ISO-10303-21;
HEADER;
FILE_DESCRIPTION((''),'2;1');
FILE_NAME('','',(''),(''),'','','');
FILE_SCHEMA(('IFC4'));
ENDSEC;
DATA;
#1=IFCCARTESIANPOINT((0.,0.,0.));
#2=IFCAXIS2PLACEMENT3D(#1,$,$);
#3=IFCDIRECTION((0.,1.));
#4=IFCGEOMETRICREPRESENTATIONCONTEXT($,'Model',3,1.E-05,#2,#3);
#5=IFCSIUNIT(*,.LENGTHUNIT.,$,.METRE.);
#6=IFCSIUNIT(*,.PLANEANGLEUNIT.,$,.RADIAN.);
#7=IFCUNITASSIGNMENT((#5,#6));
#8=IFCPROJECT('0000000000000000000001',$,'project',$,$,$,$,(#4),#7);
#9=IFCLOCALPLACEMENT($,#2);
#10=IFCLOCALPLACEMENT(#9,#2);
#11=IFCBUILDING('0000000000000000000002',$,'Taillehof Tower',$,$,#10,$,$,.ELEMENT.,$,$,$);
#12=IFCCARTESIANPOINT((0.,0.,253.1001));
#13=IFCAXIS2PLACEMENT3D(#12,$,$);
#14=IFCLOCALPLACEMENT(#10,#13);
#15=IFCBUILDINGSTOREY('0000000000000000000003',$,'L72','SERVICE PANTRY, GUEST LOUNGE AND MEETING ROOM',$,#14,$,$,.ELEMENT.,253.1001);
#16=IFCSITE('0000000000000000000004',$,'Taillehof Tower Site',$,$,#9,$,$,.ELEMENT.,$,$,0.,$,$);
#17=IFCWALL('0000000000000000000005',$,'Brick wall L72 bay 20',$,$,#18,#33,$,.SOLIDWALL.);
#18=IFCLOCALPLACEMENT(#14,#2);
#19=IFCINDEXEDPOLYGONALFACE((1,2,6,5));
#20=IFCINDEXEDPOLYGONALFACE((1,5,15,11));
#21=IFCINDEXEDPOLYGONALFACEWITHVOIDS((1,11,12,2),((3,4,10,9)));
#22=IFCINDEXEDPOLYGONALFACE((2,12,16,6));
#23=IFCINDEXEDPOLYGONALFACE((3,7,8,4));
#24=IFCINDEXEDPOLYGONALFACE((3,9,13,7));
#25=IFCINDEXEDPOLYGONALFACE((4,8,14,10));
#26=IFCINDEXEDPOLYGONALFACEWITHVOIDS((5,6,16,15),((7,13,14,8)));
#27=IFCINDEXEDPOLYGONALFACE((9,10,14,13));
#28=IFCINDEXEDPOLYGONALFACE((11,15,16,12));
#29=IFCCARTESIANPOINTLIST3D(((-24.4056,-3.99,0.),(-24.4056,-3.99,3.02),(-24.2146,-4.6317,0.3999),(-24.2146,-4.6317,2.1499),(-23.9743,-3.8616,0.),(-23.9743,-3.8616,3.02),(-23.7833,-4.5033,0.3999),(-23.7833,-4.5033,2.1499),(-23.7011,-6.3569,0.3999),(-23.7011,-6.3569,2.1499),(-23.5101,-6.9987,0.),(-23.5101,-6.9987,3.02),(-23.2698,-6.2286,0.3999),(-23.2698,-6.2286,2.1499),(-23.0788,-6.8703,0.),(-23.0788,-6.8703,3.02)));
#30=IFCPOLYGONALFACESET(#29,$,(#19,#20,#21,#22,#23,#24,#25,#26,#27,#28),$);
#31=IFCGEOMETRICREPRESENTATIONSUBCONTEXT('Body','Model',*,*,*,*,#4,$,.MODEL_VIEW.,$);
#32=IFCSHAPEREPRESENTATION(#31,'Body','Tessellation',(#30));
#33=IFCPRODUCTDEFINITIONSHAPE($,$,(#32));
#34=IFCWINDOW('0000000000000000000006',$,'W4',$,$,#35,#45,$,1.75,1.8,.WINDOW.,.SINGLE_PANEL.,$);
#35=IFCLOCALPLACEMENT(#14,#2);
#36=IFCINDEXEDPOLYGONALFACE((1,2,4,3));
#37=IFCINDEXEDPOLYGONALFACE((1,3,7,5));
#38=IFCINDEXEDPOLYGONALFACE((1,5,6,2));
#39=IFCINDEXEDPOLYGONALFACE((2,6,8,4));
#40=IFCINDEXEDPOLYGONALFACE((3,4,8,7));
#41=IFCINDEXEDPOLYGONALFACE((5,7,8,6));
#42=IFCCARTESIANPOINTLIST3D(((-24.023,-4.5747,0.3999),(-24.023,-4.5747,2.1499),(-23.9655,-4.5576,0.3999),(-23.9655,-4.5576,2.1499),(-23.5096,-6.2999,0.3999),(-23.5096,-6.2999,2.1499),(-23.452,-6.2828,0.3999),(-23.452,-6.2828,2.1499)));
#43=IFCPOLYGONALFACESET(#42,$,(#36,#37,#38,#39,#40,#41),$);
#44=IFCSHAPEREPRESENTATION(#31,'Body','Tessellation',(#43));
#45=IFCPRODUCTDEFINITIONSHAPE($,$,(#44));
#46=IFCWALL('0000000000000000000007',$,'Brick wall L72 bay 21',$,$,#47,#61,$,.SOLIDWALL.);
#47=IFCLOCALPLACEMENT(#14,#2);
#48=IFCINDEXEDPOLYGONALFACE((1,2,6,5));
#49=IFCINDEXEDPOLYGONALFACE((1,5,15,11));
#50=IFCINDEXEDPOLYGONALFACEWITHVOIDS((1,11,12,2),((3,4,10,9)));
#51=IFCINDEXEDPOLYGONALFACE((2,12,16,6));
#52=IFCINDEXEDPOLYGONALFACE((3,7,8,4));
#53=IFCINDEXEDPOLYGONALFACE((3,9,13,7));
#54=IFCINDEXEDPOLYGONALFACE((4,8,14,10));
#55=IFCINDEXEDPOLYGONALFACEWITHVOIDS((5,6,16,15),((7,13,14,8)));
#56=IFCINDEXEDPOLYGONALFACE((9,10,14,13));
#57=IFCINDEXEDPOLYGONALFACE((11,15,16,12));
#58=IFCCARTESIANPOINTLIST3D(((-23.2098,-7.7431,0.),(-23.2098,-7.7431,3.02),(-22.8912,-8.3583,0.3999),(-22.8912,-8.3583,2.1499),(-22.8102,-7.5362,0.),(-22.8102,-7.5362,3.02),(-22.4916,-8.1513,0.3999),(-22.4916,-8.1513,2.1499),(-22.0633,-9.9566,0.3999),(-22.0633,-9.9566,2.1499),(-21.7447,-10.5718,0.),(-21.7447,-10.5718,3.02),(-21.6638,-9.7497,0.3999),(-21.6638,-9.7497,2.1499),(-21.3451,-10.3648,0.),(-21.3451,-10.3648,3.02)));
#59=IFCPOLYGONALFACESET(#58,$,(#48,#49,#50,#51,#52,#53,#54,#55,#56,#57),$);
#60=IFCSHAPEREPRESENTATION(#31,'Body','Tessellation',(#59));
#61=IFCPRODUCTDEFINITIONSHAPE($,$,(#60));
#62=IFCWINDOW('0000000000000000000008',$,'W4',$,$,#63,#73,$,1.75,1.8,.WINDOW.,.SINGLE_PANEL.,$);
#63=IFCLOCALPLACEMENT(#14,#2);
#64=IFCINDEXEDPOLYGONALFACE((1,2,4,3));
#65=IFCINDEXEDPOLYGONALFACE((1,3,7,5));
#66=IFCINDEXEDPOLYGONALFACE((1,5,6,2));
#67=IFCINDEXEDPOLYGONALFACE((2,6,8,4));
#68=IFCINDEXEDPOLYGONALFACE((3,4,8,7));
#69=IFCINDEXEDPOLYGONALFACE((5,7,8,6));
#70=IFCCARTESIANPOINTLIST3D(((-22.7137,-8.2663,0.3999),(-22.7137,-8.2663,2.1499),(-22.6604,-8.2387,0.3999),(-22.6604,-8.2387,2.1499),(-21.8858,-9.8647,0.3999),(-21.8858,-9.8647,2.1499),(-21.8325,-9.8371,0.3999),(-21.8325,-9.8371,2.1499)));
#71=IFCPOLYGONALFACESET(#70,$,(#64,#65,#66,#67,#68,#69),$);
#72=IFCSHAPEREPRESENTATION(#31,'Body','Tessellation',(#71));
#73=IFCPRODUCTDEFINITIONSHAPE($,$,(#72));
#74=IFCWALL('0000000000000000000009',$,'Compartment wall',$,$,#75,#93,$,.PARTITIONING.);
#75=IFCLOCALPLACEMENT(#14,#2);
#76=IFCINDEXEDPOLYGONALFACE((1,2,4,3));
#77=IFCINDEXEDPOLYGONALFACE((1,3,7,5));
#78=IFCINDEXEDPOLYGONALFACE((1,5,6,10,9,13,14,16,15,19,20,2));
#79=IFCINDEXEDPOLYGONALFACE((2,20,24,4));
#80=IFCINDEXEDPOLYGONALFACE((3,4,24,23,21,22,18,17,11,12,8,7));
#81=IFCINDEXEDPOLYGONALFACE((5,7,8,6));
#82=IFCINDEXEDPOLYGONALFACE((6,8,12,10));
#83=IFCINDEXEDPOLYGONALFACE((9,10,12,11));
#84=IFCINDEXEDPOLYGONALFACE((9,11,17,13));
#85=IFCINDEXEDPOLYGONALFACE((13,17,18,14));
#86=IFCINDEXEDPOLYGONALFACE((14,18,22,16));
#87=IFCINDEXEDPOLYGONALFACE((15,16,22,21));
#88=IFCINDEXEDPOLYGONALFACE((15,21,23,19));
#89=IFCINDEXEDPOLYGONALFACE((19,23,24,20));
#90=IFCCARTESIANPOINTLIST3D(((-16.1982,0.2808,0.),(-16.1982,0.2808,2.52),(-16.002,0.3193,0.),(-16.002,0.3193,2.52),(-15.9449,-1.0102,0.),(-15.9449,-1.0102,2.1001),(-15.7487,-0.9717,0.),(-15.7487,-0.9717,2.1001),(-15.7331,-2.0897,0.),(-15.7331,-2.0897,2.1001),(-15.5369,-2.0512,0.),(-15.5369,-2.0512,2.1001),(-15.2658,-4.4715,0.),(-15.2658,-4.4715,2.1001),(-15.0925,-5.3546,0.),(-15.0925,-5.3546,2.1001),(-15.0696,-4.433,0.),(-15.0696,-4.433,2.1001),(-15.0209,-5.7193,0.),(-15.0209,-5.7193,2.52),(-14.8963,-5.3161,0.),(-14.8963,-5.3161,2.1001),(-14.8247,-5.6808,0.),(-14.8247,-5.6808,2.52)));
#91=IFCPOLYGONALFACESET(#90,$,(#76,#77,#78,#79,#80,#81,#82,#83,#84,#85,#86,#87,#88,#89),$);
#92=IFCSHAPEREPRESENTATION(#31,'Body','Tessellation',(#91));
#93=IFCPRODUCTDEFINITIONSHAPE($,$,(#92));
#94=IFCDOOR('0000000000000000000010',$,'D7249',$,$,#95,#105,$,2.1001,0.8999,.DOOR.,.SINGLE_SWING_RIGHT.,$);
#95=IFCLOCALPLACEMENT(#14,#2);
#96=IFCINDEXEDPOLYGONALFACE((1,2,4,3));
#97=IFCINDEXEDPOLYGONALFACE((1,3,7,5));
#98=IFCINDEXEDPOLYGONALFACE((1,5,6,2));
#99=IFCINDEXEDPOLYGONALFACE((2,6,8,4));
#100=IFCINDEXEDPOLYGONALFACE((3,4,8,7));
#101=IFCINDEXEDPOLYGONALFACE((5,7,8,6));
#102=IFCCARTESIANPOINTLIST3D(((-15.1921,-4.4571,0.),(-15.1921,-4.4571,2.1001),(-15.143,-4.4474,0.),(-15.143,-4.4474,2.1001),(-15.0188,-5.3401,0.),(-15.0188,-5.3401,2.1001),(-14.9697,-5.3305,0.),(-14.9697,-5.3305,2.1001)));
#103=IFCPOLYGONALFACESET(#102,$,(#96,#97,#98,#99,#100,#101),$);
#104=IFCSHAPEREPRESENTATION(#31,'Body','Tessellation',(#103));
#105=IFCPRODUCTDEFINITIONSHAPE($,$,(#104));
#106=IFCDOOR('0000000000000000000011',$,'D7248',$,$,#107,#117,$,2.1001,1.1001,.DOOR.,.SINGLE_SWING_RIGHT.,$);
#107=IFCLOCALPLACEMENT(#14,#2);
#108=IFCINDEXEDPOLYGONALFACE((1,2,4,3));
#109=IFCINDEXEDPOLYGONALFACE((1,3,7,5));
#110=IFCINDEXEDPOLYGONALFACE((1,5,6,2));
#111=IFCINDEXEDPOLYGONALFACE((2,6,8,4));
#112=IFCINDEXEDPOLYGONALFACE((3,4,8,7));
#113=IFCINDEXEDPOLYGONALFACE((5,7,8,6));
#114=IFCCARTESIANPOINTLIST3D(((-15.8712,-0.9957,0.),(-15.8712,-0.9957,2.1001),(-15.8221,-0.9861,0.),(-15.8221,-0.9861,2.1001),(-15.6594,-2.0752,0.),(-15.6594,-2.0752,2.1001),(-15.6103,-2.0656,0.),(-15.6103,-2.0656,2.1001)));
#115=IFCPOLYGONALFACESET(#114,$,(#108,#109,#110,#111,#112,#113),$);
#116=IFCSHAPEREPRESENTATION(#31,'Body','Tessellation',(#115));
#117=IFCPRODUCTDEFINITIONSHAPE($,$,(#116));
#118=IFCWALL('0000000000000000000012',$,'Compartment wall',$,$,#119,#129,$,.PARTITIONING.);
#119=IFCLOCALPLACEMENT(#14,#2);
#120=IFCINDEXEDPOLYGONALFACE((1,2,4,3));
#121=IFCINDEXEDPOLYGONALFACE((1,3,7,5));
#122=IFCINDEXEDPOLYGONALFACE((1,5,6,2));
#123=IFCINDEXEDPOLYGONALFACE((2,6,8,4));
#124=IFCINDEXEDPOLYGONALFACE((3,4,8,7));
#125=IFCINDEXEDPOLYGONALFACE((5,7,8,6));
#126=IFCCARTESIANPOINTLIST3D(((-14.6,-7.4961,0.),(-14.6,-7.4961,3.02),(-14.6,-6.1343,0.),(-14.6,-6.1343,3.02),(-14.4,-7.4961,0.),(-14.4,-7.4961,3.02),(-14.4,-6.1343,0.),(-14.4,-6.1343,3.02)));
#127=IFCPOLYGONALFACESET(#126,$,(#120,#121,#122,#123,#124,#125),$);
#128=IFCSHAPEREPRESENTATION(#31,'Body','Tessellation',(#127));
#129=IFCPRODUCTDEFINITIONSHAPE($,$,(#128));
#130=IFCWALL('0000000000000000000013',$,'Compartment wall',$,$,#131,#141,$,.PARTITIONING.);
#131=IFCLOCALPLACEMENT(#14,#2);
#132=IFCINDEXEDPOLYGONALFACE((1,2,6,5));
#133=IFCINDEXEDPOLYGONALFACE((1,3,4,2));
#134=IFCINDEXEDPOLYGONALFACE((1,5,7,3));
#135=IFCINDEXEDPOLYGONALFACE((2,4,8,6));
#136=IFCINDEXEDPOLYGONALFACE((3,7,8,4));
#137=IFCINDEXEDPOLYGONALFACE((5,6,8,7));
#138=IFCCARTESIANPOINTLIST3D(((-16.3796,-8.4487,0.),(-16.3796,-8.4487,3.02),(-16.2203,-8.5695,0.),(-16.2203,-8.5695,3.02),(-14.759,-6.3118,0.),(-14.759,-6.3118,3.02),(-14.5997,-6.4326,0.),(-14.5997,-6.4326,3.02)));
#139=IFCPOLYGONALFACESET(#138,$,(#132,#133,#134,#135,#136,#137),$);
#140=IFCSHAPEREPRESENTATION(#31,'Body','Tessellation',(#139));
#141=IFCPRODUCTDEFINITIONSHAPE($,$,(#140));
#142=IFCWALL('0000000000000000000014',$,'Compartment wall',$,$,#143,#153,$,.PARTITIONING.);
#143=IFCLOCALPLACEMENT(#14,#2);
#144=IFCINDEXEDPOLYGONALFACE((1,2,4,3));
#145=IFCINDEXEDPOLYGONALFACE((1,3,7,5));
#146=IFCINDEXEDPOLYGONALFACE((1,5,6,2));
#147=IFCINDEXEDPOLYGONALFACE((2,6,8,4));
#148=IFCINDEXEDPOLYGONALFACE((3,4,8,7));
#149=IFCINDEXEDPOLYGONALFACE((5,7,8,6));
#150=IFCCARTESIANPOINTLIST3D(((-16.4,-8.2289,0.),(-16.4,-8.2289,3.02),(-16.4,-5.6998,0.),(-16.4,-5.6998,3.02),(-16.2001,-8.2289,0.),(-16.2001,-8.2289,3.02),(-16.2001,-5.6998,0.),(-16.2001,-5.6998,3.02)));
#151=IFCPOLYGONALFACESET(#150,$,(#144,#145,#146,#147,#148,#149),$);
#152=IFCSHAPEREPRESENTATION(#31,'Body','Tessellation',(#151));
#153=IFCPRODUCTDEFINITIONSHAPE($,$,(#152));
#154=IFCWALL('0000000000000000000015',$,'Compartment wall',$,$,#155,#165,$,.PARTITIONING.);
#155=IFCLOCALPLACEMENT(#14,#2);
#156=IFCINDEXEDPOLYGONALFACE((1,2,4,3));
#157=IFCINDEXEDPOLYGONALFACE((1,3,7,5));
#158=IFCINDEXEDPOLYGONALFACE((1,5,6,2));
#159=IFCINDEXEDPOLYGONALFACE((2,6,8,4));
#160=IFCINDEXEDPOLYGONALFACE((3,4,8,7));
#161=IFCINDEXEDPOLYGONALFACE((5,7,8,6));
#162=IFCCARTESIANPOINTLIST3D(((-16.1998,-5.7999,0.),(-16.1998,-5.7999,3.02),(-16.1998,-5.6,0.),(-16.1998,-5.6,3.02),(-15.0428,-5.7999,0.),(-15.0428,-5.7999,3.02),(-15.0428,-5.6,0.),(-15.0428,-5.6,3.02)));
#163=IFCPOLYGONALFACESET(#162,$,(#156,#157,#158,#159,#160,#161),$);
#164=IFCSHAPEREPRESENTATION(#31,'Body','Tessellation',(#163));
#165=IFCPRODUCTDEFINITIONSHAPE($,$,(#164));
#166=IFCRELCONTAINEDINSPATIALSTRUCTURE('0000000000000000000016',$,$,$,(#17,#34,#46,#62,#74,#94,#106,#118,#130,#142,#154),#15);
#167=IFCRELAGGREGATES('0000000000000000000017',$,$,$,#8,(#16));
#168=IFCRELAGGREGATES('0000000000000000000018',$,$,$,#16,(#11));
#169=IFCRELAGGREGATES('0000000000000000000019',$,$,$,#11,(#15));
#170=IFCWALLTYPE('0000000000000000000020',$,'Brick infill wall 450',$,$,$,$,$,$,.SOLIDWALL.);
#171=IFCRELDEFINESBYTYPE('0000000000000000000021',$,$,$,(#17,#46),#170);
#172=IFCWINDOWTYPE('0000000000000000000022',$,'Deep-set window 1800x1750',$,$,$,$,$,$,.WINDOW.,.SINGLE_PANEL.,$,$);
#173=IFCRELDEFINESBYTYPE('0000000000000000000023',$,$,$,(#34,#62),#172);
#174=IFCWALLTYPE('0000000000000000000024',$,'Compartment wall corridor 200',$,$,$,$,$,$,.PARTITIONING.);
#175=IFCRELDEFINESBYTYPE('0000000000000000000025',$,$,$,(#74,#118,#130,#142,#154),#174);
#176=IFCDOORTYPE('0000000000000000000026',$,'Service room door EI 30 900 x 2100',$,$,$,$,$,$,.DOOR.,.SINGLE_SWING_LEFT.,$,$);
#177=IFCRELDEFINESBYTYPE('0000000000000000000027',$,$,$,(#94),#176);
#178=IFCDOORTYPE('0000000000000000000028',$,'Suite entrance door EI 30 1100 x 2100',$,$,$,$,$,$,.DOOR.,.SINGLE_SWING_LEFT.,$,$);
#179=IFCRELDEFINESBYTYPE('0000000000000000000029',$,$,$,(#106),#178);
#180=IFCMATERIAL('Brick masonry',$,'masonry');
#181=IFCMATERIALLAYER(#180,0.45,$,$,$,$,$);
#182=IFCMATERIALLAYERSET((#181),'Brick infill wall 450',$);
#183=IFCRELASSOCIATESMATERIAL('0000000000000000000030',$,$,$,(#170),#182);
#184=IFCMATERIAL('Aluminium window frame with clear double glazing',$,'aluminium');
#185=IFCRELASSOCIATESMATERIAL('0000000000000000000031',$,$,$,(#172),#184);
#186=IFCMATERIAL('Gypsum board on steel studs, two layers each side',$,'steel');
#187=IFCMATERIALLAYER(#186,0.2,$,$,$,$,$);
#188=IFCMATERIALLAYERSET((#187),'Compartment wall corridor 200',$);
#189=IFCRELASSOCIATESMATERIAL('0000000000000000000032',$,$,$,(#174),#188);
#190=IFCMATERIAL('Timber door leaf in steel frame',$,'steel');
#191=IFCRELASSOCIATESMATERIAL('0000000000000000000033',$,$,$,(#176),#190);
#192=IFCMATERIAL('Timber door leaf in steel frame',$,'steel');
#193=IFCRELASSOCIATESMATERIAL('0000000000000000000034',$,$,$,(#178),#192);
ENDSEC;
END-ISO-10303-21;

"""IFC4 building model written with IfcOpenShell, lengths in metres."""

from ifc_helpers import new_model, si_unit, direction, frame, frame_2d, origin, place, context, subcontext, project, spatial, rectangle, extrude, material, layer, layer_set, type_object, element, fill, save


model = new_model("IFC4")

# Units and contexts
model_context = context("Model", 3, precision=1e-05, world=origin(), true_north=direction((0.0, 1.0)))
body_context = subcontext(model_context, "Body", "Model", "MODEL_VIEW")
ifc_project = project(units=[si_unit("LENGTHUNIT", "METRE"), si_unit("PLANEANGLEUNIT", "RADIAN")], contexts=[model_context])

# Site, building, storey
site_placement = place(None, origin())
site = spatial("IfcSite", under=ifc_project, at=site_placement, Name="Taillehof Tower Site", CompositionType="ELEMENT", RefElevation=0.0)
building_placement = place(site_placement, origin())
building = spatial("IfcBuilding", under=site, at=building_placement, Name="Taillehof Tower", CompositionType="ELEMENT")
storey_placement = place(building_placement, frame((0.0, 0.0, 253.1001)))
storey = spatial("IfcBuildingStorey", under=building, at=storey_placement, Name="L72", Description="SERVICE PANTRY, GUEST LOUNGE AND MEETING ROOM", CompositionType="ELEMENT", Elevation=253.1001)

# Walls, openings, windows
ifc_material_1 = material(Name="Brick masonry", Category="masonry")
ifc_layer_1 = layer(ifc_material_1, 0.45)
ifc_layer_set_1 = layer_set([ifc_layer_1], Name="Brick infill wall 450")
wall_type_1 = type_object("IfcWallType", Name="Brick infill wall 450", PredefinedType="SOLIDWALL", material=ifc_layer_set_1)
ifc_material_2 = material(Name="Aluminium window frame with clear double glazing", Category="aluminium")
window_type = type_object("IfcWindowType", Name="Deep-set window 1800x1750", PartitioningType="SINGLE_PANEL", PredefinedType="WINDOW", material=ifc_material_2)
wall_1_placement = place(storey_placement, frame((-24.1899, -3.9258, 0.0), z_axis=(0.0, 0.0, 1.0), x_axis=(0.285264, -0.958449, 0.0)))
wall_1 = element("IfcWall", 1, at=wall_1_placement, inside=storey, type_object=wall_type_1, Name="Brick wall L72 bay 20", PredefinedType="SOLIDWALL", context=body_context, shape_type="SweptSolid", body=[
    extrude(rectangle(XDim=3.1392, YDim=0.45, at=frame_2d((1.5696, 0.0))), origin(), (0.0, 0.0, 1.0), 3.02),
])
opening_1_placement = place(wall_1_placement, frame((0.6697, 0.0, 0.3999)))
opening_1 = element("IfcOpeningElement", 2, at=opening_1_placement, cuts=wall_1, PredefinedType="OPENING", context=body_context, shape_type="SweptSolid", body=[
    extrude(rectangle(XDim=1.8, YDim=1.75, at=frame_2d((0.8999, 0.875))), frame((0.0, 0.2349, 0.0), z_axis=(0.0, -1.0, 0.0), x_axis=(1.0, 0.0, 0.0)), (0.0, 0.0, 1.0), 0.47),
])
window_1_placement = place(opening_1_placement, origin())
window_1 = element("IfcWindow", 3, at=window_1_placement, inside=storey, type_object=window_type, Name="W4", OverallHeight=1.75, OverallWidth=1.8, PartitioningType="SINGLE_PANEL", PredefinedType="WINDOW", context=body_context, shape_type="SweptSolid", body=[
    extrude(rectangle(XDim=1.8, YDim=1.75, at=frame_2d((0.8999, 0.875))), frame((0.0, 0.0349, 0.0), z_axis=(0.0, -1.0, 0.0), x_axis=(1.0, 0.0, 0.0)), (0.0, 0.0, 1.0), 0.0601),
])
fill(opening_1, window_1)
wall_2_placement = place(storey_placement, frame((-23.01, -7.6396, 0.0), z_axis=(0.0, 0.0, 1.0), x_axis=(0.459921, -0.88796, 0.0)))
wall_2 = element("IfcWall", 4, at=wall_2_placement, inside=storey, type_object=wall_type_1, Name="Brick wall L72 bay 21", PredefinedType="SOLIDWALL", context=body_context, shape_type="SweptSolid", body=[
    extrude(rectangle(XDim=3.1855, YDim=0.45, at=frame_2d((1.5928, 0.0))), origin(), (0.0, 0.0, 1.0), 3.02),
])
opening_2_placement = place(wall_2_placement, frame((0.6929, 0.0, 0.3999)))
opening_2 = element("IfcOpeningElement", 5, at=opening_2_placement, cuts=wall_2, PredefinedType="OPENING", context=body_context, shape_type="SweptSolid", body=[
    extrude(rectangle(XDim=1.8, YDim=1.75, at=frame_2d((0.8999, 0.875))), frame((0.0, 0.2349, 0.0), z_axis=(0.0, -1.0, 0.0), x_axis=(1.0, 0.0, 0.0)), (0.0, 0.0, 1.0), 0.47),
])
window_2_placement = place(opening_2_placement, origin())
window_2 = element("IfcWindow", 6, at=window_2_placement, inside=storey, type_object=window_type, Name="W4", OverallHeight=1.75, OverallWidth=1.8, PartitioningType="SINGLE_PANEL", PredefinedType="WINDOW", context=body_context, shape_type="SweptSolid", body=[
    extrude(rectangle(XDim=1.8, YDim=1.75, at=frame_2d((0.8999, 0.875))), frame((0.0, 0.0349, 0.0), z_axis=(0.0, -1.0, 0.0), x_axis=(1.0, 0.0, 0.0)), (0.0, 0.0, 1.0), 0.0601),
])
fill(opening_2, window_2)

# Wall, openings, doors
ifc_material_3 = material(Name="Gypsum board on steel studs, two layers each side", Category="steel")
ifc_layer_2 = layer(ifc_material_3, 0.2)
ifc_layer_set_2 = layer_set([ifc_layer_2], Name="Compartment wall corridor 200")
wall_type_2 = type_object("IfcWallType", Name="Compartment wall corridor 200", PredefinedType="PARTITIONING", material=ifc_layer_set_2)
wall_3_placement = place(storey_placement, frame((-14.9229, -5.7, 0.0), z_axis=(0.0, 0.0, 1.0), x_axis=(-0.192537, 0.98129, 0.0)))
wall_3 = element("IfcWall", 7, at=wall_3_placement, inside=storey, type_object=wall_type_2, Name="Compartment wall", PredefinedType="PARTITIONING", context=body_context, shape_type="SweptSolid", body=[
    extrude(rectangle(XDim=6.1145, YDim=0.2, at=frame_2d((3.0571, 0.0))), origin(), (0.0, 0.0, 1.0), 2.52),
])
opening_3_placement = place(wall_3_placement, frame((3.6987, 0.0, 0.0)))
opening_3 = element("IfcOpeningElement", 8, at=opening_3_placement, cuts=wall_3, PredefinedType="OPENING", context=body_context, shape_type="SweptSolid", body=[
    extrude(rectangle(XDim=1.1001, YDim=2.1001, at=frame_2d((0.55, 1.05))), frame((0.0, 0.1099, 0.0), z_axis=(0.0, -1.0, 0.0), x_axis=(1.0, 0.0, 0.0)), (0.0, 0.0, 1.0), 0.22),
])
opening_4_placement = place(wall_3_placement, frame((0.3716, 0.0, 0.0)))
opening_4 = element("IfcOpeningElement", 9, at=opening_4_placement, cuts=wall_3, PredefinedType="OPENING", context=body_context, shape_type="SweptSolid", body=[
    extrude(rectangle(XDim=0.8999, YDim=2.1001, at=frame_2d((0.45, 1.05))), frame((0.0, 0.1099, 0.0), z_axis=(0.0, -1.0, 0.0), x_axis=(1.0, 0.0, 0.0)), (0.0, 0.0, 1.0), 0.22),
])
ifc_material_4 = material(Name="Timber door leaf in steel frame", Category="steel")
door_type_1 = type_object("IfcDoorType", Name="Service room door EI 30 900 x 2100", OperationType="SINGLE_SWING_LEFT", PredefinedType="DOOR", material=ifc_material_4)
door_1_placement = place(opening_4_placement, origin())
door_1 = element("IfcDoor", 10, at=door_1_placement, inside=storey, type_object=door_type_1, Name="D7249", OperationType="SINGLE_SWING_RIGHT", OverallHeight=2.1001, OverallWidth=0.8999, PredefinedType="DOOR", context=body_context, shape_type="SweptSolid", body=[
    extrude(rectangle(XDim=0.8999, YDim=2.1001, at=frame_2d((0.45, 1.05))), frame((0.0, 0.0249, 0.0), z_axis=(0.0, -1.0, 0.0), x_axis=(1.0, 0.0, 0.0)), (0.0, 0.0, 1.0), 0.05),
])
fill(opening_4, door_1)
ifc_material_5 = material(Name="Timber door leaf in steel frame", Category="steel")
door_type_2 = type_object("IfcDoorType", Name="Suite entrance door EI 30 1100 x 2100", OperationType="SINGLE_SWING_LEFT", PredefinedType="DOOR", material=ifc_material_5)
door_2_placement = place(opening_3_placement, origin())
door_2 = element("IfcDoor", 11, at=door_2_placement, inside=storey, type_object=door_type_2, Name="D7248", OperationType="SINGLE_SWING_RIGHT", OverallHeight=2.1001, OverallWidth=1.1001, PredefinedType="DOOR", context=body_context, shape_type="SweptSolid", body=[
    extrude(rectangle(XDim=1.1001, YDim=2.1001, at=frame_2d((0.55, 1.05))), frame((0.0, 0.0249, 0.0), z_axis=(0.0, -1.0, 0.0), x_axis=(1.0, 0.0, 0.0)), (0.0, 0.0, 1.0), 0.05),
])
fill(opening_3, door_2)

# Walls
wall_4_placement = place(storey_placement, frame((-14.5, -7.4961, 0.0), z_axis=(0.0, 0.0, 1.0), x_axis=(0.0, 1.0, 0.0)))
element("IfcWall", 12, at=wall_4_placement, inside=storey, type_object=wall_type_2, Name="Compartment wall", PredefinedType="PARTITIONING", context=body_context, shape_type="SweptSolid", body=[
    extrude(rectangle(XDim=1.3618, YDim=0.2, at=frame_2d((0.6809, 0.0))), origin(), (0.0, 0.0, 1.0), 3.02),
])
wall_5_placement = place(storey_placement, frame((-14.6794, -6.3723, 0.0), z_axis=(0.0, 0.0, 1.0), x_axis=(-0.604259, -0.796788, 0.0)))
element("IfcWall", 13, at=wall_5_placement, inside=storey, type_object=wall_type_2, Name="Compartment wall", PredefinedType="PARTITIONING", context=body_context, shape_type="SweptSolid", body=[
    extrude(rectangle(XDim=2.6819, YDim=0.2, at=frame_2d((1.3408, 0.0))), origin(), (0.0, 0.0, 1.0), 3.02),
])
wall_6_placement = place(storey_placement, frame((-16.3, -8.229, 0.0), z_axis=(0.0, 0.0, 1.0), x_axis=(0.0, 1.0, 0.0)))
element("IfcWall", 14, at=wall_6_placement, inside=storey, type_object=wall_type_2, Name="Compartment wall", PredefinedType="PARTITIONING", context=body_context, shape_type="SweptSolid", body=[
    extrude(rectangle(XDim=2.5291, YDim=0.2, at=frame_2d((1.2646, 0.0))), origin(), (0.0, 0.0, 1.0), 3.02),
])
wall_7_placement = place(storey_placement, frame((-16.2, -5.7, 0.0), z_axis=(0.0, 0.0, 1.0), x_axis=(1.0, 0.0, 0.0)))
element("IfcWall", 15, at=wall_7_placement, inside=storey, type_object=wall_type_2, Name="Compartment wall", PredefinedType="PARTITIONING", context=body_context, shape_type="SweptSolid", body=[
    extrude(rectangle(XDim=1.157, YDim=0.2, at=frame_2d((0.5786, 0.0))), origin(), (0.0, 0.0, 1.0), 3.02),
])

save(model, "model.ifc")
